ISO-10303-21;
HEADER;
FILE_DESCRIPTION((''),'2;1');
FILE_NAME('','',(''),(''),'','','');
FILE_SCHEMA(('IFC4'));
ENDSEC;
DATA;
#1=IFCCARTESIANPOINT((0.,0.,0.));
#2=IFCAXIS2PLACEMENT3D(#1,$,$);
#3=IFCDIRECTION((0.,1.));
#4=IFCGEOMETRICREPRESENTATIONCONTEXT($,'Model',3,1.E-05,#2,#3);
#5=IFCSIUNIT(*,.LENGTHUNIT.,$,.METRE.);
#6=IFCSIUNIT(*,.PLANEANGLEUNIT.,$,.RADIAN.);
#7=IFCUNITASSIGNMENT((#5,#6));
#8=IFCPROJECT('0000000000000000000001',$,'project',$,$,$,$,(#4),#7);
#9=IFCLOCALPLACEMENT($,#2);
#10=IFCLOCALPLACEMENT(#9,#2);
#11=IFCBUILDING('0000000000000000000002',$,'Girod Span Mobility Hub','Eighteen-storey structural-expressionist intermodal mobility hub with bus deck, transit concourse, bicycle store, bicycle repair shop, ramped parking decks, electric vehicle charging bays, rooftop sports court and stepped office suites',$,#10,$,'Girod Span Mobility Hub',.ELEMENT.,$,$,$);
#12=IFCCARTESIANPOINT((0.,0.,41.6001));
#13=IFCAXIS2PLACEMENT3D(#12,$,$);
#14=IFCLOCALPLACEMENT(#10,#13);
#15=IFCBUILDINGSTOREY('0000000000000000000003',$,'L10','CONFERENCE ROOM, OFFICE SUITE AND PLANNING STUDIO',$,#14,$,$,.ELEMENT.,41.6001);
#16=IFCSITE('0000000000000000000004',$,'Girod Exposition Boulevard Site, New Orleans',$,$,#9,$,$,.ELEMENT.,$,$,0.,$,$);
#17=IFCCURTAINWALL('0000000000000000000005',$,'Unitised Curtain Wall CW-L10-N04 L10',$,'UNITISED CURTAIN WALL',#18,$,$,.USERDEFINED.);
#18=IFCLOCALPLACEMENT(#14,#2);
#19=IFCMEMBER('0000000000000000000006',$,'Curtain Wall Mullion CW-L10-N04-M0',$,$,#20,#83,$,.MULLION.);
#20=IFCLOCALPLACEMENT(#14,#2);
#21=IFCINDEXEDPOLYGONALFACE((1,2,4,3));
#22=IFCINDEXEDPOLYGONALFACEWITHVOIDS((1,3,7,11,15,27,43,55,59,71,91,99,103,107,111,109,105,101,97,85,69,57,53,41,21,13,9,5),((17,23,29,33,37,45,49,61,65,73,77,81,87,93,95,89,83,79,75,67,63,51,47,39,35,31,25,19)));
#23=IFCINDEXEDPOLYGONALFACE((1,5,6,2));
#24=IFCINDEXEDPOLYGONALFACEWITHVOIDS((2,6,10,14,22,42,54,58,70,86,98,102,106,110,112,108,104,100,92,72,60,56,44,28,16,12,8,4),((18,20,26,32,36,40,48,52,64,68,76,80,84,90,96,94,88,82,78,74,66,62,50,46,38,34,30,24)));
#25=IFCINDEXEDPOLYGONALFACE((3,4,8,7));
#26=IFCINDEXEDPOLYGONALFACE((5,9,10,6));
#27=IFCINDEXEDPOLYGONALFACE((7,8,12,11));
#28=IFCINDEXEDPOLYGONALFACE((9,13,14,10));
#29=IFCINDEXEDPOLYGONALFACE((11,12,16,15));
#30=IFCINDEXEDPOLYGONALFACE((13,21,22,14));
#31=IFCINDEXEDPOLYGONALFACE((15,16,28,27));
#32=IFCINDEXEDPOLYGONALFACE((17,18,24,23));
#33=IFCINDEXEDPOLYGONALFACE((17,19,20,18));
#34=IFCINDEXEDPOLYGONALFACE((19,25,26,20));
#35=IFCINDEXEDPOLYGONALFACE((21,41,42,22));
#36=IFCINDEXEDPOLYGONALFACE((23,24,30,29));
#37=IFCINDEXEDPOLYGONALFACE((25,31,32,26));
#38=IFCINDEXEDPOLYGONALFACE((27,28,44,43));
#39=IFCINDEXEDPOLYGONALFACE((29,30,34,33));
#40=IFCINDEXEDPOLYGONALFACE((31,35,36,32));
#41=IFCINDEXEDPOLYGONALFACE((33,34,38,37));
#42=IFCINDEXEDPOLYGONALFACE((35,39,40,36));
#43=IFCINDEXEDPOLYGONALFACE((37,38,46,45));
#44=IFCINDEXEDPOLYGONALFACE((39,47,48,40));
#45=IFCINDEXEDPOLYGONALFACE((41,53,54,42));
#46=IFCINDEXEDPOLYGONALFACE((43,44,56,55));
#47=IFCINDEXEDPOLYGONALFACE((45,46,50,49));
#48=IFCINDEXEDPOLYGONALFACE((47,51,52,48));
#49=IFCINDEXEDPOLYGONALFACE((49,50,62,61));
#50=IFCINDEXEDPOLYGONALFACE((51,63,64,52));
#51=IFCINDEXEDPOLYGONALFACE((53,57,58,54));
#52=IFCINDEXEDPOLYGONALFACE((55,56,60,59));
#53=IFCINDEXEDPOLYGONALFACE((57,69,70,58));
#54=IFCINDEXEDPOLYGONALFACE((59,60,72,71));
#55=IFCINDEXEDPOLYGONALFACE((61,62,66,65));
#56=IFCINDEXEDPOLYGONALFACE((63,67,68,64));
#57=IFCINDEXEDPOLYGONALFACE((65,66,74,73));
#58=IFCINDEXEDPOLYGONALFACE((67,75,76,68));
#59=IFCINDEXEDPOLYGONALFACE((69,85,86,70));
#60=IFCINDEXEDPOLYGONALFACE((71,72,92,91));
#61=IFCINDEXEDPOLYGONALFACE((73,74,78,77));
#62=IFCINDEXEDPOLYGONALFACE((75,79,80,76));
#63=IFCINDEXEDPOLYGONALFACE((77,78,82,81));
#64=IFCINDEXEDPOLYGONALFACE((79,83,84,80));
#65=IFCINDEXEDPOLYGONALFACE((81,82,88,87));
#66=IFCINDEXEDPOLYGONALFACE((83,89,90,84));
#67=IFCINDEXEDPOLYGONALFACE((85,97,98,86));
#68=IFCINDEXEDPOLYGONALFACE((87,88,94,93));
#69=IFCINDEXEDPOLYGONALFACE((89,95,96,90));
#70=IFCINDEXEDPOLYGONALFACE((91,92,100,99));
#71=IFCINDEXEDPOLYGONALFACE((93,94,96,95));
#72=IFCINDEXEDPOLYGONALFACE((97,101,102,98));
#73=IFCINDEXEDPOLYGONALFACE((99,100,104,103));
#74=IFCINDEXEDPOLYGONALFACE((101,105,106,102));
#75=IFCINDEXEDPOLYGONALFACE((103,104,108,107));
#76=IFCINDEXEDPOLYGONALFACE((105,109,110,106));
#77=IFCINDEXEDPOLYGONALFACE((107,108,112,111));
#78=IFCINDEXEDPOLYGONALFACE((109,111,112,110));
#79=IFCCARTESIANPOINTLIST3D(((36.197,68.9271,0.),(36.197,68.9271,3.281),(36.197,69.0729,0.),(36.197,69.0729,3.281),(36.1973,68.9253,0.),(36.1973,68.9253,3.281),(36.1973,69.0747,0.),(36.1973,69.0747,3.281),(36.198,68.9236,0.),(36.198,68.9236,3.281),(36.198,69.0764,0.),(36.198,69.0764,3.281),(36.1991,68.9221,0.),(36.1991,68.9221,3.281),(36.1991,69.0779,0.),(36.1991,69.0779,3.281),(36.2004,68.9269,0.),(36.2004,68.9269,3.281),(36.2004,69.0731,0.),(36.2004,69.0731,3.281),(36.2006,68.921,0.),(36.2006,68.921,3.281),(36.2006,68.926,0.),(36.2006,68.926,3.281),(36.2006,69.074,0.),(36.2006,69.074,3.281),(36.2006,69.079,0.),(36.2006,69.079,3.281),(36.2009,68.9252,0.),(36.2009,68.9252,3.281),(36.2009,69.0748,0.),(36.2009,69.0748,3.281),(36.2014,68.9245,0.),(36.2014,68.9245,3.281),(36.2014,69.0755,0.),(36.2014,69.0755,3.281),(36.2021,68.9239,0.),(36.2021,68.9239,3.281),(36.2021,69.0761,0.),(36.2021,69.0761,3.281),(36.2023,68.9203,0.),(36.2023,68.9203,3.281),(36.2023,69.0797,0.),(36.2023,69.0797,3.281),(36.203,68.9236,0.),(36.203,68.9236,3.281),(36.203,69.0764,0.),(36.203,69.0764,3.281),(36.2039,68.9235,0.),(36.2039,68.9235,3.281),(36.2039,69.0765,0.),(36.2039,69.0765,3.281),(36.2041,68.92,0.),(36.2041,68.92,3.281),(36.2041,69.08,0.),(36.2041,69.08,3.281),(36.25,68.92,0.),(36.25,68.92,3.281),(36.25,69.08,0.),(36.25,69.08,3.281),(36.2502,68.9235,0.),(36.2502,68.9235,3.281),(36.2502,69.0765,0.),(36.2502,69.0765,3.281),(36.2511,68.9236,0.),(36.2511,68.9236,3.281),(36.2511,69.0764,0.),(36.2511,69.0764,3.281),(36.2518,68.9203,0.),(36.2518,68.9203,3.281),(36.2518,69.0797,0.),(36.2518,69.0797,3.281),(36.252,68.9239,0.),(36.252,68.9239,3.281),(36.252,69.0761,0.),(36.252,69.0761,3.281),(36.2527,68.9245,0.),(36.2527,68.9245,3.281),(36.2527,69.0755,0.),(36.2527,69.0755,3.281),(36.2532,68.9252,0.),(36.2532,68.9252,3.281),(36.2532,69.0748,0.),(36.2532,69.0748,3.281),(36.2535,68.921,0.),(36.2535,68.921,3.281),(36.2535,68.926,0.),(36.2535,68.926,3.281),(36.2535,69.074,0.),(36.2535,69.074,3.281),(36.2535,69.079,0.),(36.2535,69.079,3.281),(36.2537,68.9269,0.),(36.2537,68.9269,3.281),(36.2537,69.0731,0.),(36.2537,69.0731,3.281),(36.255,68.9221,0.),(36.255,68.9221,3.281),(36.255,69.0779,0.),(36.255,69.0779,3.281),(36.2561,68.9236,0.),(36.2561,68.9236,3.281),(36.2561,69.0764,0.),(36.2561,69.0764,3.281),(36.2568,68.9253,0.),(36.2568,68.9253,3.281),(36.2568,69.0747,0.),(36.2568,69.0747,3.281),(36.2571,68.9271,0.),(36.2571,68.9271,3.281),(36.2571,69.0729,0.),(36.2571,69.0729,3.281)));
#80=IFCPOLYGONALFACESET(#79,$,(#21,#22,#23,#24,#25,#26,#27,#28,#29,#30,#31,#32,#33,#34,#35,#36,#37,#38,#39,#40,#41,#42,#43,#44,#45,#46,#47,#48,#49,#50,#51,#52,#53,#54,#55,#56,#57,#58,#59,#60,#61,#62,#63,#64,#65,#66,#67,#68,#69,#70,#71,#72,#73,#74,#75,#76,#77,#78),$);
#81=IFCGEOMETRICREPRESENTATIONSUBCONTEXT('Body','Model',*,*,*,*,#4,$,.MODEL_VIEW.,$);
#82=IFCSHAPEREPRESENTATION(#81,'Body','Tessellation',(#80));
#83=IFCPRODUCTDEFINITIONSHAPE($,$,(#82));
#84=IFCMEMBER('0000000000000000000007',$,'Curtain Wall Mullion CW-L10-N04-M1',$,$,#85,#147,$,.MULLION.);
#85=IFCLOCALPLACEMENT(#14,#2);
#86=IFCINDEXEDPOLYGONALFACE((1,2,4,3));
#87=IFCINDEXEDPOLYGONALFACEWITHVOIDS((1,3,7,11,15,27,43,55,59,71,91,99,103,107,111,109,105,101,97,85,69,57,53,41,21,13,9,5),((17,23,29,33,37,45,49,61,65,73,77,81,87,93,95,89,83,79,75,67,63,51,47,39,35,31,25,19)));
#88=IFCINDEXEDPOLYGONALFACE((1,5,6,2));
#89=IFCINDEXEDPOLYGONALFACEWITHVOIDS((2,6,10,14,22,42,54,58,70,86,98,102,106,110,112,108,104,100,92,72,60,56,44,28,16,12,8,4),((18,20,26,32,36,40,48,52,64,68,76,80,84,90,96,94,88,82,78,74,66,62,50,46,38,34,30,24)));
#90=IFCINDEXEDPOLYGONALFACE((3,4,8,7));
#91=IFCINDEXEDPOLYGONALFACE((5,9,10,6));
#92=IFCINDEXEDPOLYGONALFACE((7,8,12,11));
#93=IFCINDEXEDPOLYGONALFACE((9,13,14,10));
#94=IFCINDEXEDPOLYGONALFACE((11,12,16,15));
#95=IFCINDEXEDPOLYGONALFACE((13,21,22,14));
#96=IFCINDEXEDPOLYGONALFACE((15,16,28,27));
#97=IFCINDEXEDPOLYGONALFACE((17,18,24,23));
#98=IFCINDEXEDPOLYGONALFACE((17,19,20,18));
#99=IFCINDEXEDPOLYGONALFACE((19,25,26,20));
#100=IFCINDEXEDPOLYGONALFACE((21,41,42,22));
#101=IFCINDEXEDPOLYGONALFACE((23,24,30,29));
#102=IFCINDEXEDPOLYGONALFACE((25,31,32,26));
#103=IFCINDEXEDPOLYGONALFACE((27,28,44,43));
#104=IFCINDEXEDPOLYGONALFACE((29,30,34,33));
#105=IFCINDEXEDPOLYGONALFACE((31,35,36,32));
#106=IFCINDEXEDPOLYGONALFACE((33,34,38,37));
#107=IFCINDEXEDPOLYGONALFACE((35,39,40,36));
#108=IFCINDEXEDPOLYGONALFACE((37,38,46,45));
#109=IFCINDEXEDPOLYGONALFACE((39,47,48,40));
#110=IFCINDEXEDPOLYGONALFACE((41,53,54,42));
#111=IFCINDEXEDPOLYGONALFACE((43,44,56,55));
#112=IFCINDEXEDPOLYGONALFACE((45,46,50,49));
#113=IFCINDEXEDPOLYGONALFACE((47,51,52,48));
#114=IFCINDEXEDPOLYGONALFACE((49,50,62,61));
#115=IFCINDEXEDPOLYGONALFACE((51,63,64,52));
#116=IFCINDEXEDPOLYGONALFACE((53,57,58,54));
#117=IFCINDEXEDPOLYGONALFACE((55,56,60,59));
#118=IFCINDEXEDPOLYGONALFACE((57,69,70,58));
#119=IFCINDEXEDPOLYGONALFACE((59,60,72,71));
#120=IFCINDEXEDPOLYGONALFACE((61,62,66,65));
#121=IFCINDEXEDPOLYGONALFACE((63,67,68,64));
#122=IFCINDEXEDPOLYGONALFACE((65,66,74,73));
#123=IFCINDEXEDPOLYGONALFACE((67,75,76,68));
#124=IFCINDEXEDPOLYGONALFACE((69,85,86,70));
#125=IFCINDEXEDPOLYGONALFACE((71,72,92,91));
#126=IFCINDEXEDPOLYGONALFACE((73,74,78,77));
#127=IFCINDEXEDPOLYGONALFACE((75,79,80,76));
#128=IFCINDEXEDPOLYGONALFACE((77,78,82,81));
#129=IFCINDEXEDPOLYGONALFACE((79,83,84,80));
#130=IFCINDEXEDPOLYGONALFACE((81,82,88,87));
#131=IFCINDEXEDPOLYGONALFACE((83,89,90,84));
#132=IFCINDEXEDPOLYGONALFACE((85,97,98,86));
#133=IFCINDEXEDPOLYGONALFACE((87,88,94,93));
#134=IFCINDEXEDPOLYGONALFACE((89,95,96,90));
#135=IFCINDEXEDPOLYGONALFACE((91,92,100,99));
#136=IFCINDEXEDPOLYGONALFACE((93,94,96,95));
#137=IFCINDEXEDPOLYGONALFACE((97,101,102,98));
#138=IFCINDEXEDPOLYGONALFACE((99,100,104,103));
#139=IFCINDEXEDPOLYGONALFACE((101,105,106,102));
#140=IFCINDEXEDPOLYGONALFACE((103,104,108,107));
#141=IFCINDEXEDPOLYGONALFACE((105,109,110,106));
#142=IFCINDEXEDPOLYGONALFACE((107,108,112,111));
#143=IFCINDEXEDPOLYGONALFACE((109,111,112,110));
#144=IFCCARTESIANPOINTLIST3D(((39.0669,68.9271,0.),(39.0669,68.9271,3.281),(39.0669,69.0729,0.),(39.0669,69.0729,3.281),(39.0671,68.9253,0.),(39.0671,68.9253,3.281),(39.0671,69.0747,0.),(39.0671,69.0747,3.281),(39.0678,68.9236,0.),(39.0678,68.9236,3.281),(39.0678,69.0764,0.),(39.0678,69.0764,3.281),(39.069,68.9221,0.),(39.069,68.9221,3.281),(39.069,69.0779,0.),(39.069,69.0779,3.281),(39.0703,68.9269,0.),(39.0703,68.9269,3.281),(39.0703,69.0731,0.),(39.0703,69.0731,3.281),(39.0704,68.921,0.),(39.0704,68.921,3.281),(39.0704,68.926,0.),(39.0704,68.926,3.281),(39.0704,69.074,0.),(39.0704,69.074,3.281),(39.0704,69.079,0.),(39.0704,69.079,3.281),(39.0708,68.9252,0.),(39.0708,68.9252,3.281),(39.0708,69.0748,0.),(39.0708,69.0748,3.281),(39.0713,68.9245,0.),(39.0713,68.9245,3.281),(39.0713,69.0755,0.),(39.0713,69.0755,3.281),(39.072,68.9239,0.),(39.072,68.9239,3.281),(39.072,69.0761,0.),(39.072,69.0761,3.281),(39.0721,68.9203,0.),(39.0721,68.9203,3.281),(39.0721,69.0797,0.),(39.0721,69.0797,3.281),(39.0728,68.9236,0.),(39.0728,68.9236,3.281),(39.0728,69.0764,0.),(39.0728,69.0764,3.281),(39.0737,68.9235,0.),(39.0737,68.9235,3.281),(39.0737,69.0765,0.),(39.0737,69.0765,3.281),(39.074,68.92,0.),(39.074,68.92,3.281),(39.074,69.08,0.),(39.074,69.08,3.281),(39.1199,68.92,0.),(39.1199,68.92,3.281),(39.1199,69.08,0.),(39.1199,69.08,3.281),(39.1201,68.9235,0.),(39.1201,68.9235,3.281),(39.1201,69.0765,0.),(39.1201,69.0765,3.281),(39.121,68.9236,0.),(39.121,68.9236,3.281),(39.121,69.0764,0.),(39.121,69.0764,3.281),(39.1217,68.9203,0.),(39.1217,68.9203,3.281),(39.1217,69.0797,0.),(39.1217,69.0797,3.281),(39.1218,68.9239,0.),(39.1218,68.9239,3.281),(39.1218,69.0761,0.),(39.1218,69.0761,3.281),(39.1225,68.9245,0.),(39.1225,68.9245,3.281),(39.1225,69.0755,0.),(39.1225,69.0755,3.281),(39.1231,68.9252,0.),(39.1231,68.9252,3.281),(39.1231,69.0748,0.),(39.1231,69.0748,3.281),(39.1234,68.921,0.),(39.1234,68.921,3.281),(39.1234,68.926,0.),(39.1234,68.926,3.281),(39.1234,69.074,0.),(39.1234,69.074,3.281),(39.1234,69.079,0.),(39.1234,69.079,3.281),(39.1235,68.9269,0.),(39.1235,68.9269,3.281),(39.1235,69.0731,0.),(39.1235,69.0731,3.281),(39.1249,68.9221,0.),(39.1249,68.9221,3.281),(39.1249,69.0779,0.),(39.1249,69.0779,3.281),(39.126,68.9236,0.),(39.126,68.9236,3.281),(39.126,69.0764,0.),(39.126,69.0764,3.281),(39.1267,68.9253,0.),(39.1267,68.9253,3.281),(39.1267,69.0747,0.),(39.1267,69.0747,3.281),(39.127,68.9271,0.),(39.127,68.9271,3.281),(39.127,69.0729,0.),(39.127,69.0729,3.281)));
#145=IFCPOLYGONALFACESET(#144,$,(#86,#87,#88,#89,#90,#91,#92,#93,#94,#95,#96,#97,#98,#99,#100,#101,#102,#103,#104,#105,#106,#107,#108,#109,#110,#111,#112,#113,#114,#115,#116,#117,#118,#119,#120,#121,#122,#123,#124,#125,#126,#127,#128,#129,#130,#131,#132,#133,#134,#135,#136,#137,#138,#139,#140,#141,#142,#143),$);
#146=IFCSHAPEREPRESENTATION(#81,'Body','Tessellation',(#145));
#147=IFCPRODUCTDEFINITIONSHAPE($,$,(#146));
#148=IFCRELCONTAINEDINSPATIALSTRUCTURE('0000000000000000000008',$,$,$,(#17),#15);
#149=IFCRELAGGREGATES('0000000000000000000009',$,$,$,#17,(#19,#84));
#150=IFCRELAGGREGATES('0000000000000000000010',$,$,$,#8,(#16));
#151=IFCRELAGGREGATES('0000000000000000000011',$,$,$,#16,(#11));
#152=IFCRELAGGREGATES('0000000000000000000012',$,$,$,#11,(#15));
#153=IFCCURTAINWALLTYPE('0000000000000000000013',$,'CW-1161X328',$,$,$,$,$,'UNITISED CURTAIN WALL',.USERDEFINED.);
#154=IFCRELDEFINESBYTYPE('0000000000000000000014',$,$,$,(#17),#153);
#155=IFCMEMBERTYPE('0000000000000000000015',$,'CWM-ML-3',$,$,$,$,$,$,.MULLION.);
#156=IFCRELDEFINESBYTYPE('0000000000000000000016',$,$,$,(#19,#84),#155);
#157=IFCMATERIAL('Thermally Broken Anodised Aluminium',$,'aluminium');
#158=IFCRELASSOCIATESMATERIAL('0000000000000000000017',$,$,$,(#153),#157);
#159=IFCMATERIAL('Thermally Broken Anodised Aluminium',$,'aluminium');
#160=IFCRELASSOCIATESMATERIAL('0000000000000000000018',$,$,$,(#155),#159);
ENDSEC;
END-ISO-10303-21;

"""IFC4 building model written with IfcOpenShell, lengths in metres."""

from ifc_helpers import new_model, si_unit, direction, frame, origin, origin_2d, place, context, subcontext, project, spatial, hollow_rectangle, extrude, material, material_profile, profile_set, type_object, element, aggregate, save


model = new_model("IFC4")

# Units and contexts
model_context = context("Model", 3, precision=1e-05, world=origin(), true_north=direction((0.0, 1.0)))
body_context = subcontext(model_context, "Body", "Model", "MODEL_VIEW")
ifc_project = project(units=[si_unit("LENGTHUNIT", "METRE"), si_unit("PLANEANGLEUNIT", "RADIAN")], contexts=[model_context])

# Site, building, storey
site_placement = place(None, origin())
site = spatial("IfcSite", under=ifc_project, at=site_placement, Name="Girod Exposition Boulevard Site, New Orleans", CompositionType="ELEMENT", RefElevation=0.0)
building_placement = place(site_placement, origin())
building = spatial("IfcBuilding", under=site, at=building_placement, Name="Girod Span Mobility Hub", Description="Eighteen-storey structural-expressionist intermodal mobility hub with bus deck, transit concourse, bicycle store, bicycle repair shop, ramped parking decks, electric vehicle charging bays, rooftop sports court and stepped office suites", LongName="Girod Span Mobility Hub", CompositionType="ELEMENT")
storey_placement = place(building_placement, frame((0.0, 0.0, 41.6001)))
storey = spatial("IfcBuildingStorey", under=building, at=storey_placement, Name="L10", Description="CONFERENCE ROOM, OFFICE SUITE AND PLANNING STUDIO", CompositionType="ELEMENT", Elevation=41.6001)

# Curtain wall, members
ifc_material_1 = material(Name="Thermally Broken Anodised Aluminium", Category="aluminium")
curtain_wall_type = type_object("IfcCurtainWallType", Name="CW-1161X328", ElementType="UNITISED CURTAIN WALL", PredefinedType="USERDEFINED", material=ifc_material_1)
curtain_wall_placement = place(storey_placement, origin())
curtain_wall = element("IfcCurtainWall", 1, at=curtain_wall_placement, inside=storey, type_object=curtain_wall_type, Name="Unitised Curtain Wall CW-L10-N04 L10", ObjectType="UNITISED CURTAIN WALL", PredefinedType="USERDEFINED")
ifc_material_2 = material(Name="Thermally Broken Anodised Aluminium", Category="aluminium")
ifc_material_profile_1 = material_profile(ifc_material_2, hollow_rectangle(XDim=0.1599, YDim=0.0601, WallThickness=0.0034, InnerFilletRadius=0.0034, OuterFilletRadius=0.0071, at=origin_2d()), Name="CW-ML-60X160")
ifc_profile_set_1 = profile_set([ifc_material_profile_1], Name="Thermally Broken Anodised Aluminium")
member_type_1 = type_object("IfcMemberType", Name="CWM-ML-3", PredefinedType="MULLION", material=ifc_profile_set_1)
member_1_placement = place(storey_placement, frame((36.2271, 69.0, 0.0), z_axis=(0.0, 0.0, 1.0), x_axis=(0.0, 1.0, 0.0)))
member_1 = element("IfcMember", 2, at=member_1_placement, type_object=member_type_1, Name="Curtain Wall Mullion CW-L10-N04-M0", PredefinedType="MULLION", context=body_context, shape_type="SweptSolid", body=[
    extrude(hollow_rectangle(XDim=0.1599, YDim=0.0601, WallThickness=0.0034, InnerFilletRadius=0.0034, OuterFilletRadius=0.0071, at=origin_2d()), origin(), (0.0, 0.0, 1.0), 3.281),
])
member_2_placement = place(storey_placement, frame((39.0969, 69.0, 0.0), z_axis=(0.0, 0.0, 1.0), x_axis=(0.0, 1.0, 0.0)))
member_2 = element("IfcMember", 3, at=member_2_placement, type_object=member_type_1, Name="Curtain Wall Mullion CW-L10-N04-M1", PredefinedType="MULLION", context=body_context, shape_type="SweptSolid", body=[
    extrude(hollow_rectangle(XDim=0.1599, YDim=0.0601, WallThickness=0.0034, InnerFilletRadius=0.0034, OuterFilletRadius=0.0071, at=origin_2d()), origin(), (0.0, 0.0, 1.0), 3.281),
])

aggregate(curtain_wall, [member_1, member_2])

save(model, "model.ifc")
